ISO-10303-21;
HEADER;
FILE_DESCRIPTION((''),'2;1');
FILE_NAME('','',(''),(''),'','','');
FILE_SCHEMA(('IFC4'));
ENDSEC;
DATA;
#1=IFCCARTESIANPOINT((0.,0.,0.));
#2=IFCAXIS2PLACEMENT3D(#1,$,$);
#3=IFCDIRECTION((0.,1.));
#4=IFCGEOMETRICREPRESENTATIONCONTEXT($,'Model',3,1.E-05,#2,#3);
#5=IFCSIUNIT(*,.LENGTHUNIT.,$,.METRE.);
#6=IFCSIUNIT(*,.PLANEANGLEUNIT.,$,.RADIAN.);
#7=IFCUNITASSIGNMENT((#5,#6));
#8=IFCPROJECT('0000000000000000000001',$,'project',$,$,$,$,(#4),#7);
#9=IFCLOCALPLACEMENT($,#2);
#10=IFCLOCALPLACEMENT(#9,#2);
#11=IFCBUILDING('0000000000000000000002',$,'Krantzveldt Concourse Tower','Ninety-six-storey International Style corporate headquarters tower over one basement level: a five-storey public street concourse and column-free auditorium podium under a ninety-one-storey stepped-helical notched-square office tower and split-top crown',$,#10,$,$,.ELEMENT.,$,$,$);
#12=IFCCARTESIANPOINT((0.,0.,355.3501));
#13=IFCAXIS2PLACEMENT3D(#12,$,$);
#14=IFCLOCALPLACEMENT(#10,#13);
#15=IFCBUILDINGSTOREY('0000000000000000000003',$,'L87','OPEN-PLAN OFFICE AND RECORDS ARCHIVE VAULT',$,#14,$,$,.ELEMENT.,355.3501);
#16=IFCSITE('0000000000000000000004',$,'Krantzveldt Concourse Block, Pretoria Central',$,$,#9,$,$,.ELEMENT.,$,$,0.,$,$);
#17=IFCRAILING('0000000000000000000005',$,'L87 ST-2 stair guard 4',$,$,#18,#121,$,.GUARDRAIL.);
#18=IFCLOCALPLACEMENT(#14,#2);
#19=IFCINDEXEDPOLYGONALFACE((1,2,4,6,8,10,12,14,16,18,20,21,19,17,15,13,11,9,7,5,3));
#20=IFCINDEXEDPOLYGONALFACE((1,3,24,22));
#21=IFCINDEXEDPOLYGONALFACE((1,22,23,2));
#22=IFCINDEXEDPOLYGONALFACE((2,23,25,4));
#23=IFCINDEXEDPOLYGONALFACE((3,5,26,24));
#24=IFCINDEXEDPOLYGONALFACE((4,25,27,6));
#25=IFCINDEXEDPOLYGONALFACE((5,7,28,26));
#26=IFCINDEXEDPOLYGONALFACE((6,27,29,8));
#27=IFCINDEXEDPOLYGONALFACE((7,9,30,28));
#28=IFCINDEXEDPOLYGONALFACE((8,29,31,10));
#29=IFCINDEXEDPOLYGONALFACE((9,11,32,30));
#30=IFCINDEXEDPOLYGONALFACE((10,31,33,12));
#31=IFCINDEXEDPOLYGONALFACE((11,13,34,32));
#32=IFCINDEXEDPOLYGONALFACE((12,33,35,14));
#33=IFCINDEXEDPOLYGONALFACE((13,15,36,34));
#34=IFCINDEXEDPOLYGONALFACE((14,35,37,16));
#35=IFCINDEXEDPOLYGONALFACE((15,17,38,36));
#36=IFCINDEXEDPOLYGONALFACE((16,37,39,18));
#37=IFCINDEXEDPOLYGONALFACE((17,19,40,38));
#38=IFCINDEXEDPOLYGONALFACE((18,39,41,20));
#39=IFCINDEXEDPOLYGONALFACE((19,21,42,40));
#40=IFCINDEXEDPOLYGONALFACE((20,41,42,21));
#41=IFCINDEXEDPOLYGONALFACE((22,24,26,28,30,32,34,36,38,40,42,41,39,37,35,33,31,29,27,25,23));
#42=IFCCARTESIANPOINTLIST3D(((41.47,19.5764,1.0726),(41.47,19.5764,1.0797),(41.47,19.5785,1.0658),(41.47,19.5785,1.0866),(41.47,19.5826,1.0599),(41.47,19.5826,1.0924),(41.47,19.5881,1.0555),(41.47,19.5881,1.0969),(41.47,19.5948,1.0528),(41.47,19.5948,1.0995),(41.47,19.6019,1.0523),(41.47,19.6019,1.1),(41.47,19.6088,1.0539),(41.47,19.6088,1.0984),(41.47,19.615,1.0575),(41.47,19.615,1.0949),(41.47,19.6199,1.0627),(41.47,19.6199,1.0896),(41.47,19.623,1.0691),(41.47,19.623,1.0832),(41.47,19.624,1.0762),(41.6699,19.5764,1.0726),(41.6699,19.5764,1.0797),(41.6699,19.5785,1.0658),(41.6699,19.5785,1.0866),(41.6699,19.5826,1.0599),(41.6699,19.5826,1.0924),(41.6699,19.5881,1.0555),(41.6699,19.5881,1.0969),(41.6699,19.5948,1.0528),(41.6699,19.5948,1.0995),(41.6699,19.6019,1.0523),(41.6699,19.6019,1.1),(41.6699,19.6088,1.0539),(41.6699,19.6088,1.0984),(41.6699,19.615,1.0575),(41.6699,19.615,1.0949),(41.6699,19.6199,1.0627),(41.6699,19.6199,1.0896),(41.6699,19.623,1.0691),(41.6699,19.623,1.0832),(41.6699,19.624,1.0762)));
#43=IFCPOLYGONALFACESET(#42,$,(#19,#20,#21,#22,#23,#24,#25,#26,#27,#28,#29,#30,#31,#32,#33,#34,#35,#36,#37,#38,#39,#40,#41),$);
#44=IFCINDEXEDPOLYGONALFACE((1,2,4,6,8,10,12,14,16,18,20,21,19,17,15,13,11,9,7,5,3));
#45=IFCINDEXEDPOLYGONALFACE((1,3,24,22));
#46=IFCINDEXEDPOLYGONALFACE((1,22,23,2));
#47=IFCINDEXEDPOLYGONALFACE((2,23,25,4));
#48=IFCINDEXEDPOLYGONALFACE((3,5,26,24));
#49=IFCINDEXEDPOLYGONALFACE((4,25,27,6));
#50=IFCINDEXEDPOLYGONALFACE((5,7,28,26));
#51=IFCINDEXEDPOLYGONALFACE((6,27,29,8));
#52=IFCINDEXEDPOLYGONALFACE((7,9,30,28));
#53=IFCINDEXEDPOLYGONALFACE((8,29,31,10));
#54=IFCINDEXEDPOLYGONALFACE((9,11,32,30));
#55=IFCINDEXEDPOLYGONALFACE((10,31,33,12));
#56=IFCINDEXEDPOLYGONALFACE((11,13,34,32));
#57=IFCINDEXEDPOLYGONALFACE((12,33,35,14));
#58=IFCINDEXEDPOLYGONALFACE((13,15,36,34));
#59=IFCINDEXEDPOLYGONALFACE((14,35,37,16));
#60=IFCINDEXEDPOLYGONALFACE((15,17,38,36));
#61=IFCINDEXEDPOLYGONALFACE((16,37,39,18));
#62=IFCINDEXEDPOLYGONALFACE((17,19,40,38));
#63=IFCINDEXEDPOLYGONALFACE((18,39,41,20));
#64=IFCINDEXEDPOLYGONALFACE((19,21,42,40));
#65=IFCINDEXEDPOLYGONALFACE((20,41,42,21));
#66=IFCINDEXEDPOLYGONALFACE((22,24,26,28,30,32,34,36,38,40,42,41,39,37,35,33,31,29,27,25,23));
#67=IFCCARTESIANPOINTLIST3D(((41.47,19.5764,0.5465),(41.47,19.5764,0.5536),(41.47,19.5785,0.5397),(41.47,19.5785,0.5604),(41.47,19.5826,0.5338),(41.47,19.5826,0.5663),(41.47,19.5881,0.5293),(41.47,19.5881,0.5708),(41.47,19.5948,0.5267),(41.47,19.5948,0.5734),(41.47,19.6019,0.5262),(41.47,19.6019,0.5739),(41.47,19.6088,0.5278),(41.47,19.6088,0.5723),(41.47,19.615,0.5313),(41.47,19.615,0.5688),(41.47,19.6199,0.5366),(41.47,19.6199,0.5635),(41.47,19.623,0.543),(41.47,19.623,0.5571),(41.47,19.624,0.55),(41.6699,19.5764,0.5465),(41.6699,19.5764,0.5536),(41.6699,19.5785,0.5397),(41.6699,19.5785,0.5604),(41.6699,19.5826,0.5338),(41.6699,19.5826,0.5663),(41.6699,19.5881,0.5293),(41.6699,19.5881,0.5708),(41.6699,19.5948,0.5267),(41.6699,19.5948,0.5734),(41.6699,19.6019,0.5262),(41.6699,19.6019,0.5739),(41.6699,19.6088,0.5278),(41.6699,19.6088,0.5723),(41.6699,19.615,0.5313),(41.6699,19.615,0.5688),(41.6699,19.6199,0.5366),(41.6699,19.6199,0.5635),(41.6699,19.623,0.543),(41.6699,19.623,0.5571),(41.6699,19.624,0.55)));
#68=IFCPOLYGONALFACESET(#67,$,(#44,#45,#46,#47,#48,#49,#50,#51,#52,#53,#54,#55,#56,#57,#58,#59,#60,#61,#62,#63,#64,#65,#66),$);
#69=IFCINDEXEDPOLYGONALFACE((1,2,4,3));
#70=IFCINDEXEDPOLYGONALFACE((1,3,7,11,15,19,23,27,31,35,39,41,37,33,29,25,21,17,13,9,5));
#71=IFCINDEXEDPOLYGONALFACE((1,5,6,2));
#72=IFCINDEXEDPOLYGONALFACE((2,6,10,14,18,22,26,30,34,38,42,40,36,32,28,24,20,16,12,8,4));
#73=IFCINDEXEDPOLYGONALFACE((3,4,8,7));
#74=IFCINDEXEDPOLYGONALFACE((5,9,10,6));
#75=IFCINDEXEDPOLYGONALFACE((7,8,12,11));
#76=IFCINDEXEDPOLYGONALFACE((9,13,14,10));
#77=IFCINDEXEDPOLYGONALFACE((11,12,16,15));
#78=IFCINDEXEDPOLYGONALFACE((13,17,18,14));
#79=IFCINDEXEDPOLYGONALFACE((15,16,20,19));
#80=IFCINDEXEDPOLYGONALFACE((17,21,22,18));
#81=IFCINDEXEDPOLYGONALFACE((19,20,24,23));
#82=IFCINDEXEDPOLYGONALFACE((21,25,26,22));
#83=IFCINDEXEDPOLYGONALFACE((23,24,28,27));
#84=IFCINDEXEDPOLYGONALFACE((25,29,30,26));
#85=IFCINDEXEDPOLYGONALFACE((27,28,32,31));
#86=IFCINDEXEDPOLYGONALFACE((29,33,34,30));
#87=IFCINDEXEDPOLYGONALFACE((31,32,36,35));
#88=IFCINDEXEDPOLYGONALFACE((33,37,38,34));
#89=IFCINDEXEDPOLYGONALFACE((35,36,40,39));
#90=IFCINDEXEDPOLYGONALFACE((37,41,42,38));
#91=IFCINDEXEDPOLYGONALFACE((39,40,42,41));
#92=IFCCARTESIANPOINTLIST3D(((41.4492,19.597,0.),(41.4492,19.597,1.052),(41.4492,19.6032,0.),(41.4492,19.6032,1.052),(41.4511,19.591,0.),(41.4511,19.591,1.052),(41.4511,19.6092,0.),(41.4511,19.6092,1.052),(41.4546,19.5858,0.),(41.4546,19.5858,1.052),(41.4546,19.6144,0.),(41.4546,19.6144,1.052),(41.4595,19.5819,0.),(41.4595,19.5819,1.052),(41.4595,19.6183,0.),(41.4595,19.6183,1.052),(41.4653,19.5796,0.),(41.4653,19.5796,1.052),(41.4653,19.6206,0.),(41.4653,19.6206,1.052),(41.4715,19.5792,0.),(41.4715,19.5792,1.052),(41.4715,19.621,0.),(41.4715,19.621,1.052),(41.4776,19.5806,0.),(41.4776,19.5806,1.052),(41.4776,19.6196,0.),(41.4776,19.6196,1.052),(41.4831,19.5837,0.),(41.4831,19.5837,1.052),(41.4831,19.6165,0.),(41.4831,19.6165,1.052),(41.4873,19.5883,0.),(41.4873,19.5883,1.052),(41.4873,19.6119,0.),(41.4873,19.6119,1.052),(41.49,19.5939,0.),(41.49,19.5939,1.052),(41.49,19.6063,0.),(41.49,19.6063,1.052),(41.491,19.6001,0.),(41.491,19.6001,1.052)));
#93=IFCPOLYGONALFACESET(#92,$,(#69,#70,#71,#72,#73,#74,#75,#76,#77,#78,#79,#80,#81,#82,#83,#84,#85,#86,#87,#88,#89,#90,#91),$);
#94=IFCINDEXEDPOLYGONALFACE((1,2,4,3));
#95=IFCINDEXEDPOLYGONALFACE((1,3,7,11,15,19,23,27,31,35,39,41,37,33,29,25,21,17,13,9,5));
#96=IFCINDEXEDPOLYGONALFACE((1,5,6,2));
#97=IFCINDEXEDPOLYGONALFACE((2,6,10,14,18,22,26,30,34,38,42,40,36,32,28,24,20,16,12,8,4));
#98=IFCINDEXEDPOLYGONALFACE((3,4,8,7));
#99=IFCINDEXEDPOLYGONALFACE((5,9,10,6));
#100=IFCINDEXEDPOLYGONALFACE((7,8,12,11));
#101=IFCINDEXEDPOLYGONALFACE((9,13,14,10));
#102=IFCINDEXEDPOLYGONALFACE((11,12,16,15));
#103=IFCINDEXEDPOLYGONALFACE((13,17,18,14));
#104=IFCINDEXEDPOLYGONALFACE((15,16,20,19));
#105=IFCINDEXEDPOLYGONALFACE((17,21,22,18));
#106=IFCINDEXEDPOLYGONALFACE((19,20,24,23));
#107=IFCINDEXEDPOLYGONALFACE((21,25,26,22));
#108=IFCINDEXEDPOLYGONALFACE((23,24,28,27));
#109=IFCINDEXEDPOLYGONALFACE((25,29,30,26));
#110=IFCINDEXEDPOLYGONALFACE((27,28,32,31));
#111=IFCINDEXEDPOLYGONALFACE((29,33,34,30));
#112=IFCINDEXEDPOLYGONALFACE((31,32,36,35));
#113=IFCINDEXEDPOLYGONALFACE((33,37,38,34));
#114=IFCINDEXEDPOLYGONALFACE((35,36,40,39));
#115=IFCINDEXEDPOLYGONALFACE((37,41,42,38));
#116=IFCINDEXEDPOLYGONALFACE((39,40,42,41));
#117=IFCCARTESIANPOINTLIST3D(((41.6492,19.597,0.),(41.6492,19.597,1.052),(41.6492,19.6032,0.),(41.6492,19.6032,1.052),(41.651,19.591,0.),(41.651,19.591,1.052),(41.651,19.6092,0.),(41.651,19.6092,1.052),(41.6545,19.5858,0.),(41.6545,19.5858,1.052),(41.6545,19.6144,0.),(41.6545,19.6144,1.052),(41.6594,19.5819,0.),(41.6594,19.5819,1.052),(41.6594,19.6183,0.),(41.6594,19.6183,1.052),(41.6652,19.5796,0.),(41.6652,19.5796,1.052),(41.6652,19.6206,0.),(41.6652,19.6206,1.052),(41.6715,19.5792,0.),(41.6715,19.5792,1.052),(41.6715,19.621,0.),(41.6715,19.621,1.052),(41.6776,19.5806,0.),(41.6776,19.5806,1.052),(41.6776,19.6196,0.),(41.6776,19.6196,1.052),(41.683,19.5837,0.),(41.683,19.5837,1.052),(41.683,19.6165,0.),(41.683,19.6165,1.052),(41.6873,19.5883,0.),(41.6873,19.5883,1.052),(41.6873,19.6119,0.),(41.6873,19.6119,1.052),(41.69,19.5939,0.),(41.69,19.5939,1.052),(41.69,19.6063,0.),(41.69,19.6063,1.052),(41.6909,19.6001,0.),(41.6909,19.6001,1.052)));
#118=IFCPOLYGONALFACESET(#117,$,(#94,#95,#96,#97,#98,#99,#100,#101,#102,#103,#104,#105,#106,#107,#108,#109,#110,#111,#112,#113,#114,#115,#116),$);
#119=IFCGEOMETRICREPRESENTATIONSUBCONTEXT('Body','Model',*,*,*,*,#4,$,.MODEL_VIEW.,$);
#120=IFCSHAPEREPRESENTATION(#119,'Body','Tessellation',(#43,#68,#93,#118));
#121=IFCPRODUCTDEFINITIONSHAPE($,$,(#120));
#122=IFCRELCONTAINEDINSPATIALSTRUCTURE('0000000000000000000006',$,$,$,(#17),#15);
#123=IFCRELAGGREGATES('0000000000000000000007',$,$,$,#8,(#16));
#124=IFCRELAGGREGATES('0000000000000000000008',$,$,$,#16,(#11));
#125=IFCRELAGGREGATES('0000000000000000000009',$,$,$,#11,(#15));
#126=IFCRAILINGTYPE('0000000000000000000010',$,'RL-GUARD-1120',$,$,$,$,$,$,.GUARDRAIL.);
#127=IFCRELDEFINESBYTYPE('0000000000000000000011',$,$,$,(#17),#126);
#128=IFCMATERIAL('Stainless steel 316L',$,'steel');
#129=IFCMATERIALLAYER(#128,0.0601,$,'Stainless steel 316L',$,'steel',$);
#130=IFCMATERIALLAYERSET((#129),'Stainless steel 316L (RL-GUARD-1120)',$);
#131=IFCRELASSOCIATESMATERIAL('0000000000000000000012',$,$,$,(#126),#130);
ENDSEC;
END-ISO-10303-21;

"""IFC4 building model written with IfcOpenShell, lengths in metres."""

from ifc_helpers import new_model, si_unit, direction, frame, origin, origin_2d, place, context, subcontext, project, spatial, circle, extrude, material, layer, layer_set, type_object, element, save


model = new_model("IFC4")

# Units and contexts
model_context = context("Model", 3, precision=1e-05, world=origin(), true_north=direction((0.0, 1.0)))
body_context = subcontext(model_context, "Body", "Model", "MODEL_VIEW")
ifc_project = project(units=[si_unit("LENGTHUNIT", "METRE"), si_unit("PLANEANGLEUNIT", "RADIAN")], contexts=[model_context])

# Site, building, storey
site_placement = place(None, origin())
site = spatial("IfcSite", under=ifc_project, at=site_placement, Name="Krantzveldt Concourse Block, Pretoria Central", CompositionType="ELEMENT", RefElevation=0.0)
building_placement = place(site_placement, origin())
building = spatial("IfcBuilding", under=site, at=building_placement, Name="Krantzveldt Concourse Tower", Description="Ninety-six-storey International Style corporate headquarters tower over one basement level: a five-storey public street concourse and column-free auditorium podium under a ninety-one-storey stepped-helical notched-square office tower and split-top crown", CompositionType="ELEMENT")
storey_placement = place(building_placement, frame((0.0, 0.0, 355.3501)))
storey = spatial("IfcBuildingStorey", under=building, at=storey_placement, Name="L87", Description="OPEN-PLAN OFFICE AND RECORDS ARCHIVE VAULT", CompositionType="ELEMENT", Elevation=355.3501)

# Shared definitions
ifc_material_1 = material(Name="Stainless steel 316L", Category="steel")

# Railing
ifc_layer_1 = layer(ifc_material_1, 0.0601, Name="Stainless steel 316L", Category="steel")
ifc_layer_set_1 = layer_set([ifc_layer_1], Name="Stainless steel 316L (RL-GUARD-1120)")
railing_type_1 = type_object("IfcRailingType", Name="RL-GUARD-1120", PredefinedType="GUARDRAIL", material=ifc_layer_set_1)
for number, where, name in (
    (1, (41.47, 19.6001, 0.0), "L87 ST-2 stair guard 4"),
):
    element("IfcRailing", number, at=place(storey_placement, frame(where)), inside=storey, type_object=railing_type_1, Name=name, PredefinedType="GUARDRAIL", context=body_context, shape_type="SweptSolid", body=[
        extrude(circle(Radius=0.0239, at=origin_2d()), frame((0.0, 0.0, 1.0762), z_axis=(1.0, 0.0, 0.0), x_axis=(0.0, 1.0, 0.0)), (0.0, 0.0, 1.0), 0.2),
        extrude(circle(Radius=0.0239, at=origin_2d()), frame((0.0, 0.0, 0.55), z_axis=(1.0, 0.0, 0.0), x_axis=(0.0, 1.0, 0.0)), (0.0, 0.0, 1.0), 0.2),
        extrude(circle(Radius=0.021, at=origin_2d()), origin(), (0.0, 0.0, 1.0), 1.052),
        extrude(circle(Radius=0.021, at=origin_2d()), frame((0.2, 0.0, 0.0)), (0.0, 0.0, 1.0), 1.052),
    ])

save(model, "model.ifc")
